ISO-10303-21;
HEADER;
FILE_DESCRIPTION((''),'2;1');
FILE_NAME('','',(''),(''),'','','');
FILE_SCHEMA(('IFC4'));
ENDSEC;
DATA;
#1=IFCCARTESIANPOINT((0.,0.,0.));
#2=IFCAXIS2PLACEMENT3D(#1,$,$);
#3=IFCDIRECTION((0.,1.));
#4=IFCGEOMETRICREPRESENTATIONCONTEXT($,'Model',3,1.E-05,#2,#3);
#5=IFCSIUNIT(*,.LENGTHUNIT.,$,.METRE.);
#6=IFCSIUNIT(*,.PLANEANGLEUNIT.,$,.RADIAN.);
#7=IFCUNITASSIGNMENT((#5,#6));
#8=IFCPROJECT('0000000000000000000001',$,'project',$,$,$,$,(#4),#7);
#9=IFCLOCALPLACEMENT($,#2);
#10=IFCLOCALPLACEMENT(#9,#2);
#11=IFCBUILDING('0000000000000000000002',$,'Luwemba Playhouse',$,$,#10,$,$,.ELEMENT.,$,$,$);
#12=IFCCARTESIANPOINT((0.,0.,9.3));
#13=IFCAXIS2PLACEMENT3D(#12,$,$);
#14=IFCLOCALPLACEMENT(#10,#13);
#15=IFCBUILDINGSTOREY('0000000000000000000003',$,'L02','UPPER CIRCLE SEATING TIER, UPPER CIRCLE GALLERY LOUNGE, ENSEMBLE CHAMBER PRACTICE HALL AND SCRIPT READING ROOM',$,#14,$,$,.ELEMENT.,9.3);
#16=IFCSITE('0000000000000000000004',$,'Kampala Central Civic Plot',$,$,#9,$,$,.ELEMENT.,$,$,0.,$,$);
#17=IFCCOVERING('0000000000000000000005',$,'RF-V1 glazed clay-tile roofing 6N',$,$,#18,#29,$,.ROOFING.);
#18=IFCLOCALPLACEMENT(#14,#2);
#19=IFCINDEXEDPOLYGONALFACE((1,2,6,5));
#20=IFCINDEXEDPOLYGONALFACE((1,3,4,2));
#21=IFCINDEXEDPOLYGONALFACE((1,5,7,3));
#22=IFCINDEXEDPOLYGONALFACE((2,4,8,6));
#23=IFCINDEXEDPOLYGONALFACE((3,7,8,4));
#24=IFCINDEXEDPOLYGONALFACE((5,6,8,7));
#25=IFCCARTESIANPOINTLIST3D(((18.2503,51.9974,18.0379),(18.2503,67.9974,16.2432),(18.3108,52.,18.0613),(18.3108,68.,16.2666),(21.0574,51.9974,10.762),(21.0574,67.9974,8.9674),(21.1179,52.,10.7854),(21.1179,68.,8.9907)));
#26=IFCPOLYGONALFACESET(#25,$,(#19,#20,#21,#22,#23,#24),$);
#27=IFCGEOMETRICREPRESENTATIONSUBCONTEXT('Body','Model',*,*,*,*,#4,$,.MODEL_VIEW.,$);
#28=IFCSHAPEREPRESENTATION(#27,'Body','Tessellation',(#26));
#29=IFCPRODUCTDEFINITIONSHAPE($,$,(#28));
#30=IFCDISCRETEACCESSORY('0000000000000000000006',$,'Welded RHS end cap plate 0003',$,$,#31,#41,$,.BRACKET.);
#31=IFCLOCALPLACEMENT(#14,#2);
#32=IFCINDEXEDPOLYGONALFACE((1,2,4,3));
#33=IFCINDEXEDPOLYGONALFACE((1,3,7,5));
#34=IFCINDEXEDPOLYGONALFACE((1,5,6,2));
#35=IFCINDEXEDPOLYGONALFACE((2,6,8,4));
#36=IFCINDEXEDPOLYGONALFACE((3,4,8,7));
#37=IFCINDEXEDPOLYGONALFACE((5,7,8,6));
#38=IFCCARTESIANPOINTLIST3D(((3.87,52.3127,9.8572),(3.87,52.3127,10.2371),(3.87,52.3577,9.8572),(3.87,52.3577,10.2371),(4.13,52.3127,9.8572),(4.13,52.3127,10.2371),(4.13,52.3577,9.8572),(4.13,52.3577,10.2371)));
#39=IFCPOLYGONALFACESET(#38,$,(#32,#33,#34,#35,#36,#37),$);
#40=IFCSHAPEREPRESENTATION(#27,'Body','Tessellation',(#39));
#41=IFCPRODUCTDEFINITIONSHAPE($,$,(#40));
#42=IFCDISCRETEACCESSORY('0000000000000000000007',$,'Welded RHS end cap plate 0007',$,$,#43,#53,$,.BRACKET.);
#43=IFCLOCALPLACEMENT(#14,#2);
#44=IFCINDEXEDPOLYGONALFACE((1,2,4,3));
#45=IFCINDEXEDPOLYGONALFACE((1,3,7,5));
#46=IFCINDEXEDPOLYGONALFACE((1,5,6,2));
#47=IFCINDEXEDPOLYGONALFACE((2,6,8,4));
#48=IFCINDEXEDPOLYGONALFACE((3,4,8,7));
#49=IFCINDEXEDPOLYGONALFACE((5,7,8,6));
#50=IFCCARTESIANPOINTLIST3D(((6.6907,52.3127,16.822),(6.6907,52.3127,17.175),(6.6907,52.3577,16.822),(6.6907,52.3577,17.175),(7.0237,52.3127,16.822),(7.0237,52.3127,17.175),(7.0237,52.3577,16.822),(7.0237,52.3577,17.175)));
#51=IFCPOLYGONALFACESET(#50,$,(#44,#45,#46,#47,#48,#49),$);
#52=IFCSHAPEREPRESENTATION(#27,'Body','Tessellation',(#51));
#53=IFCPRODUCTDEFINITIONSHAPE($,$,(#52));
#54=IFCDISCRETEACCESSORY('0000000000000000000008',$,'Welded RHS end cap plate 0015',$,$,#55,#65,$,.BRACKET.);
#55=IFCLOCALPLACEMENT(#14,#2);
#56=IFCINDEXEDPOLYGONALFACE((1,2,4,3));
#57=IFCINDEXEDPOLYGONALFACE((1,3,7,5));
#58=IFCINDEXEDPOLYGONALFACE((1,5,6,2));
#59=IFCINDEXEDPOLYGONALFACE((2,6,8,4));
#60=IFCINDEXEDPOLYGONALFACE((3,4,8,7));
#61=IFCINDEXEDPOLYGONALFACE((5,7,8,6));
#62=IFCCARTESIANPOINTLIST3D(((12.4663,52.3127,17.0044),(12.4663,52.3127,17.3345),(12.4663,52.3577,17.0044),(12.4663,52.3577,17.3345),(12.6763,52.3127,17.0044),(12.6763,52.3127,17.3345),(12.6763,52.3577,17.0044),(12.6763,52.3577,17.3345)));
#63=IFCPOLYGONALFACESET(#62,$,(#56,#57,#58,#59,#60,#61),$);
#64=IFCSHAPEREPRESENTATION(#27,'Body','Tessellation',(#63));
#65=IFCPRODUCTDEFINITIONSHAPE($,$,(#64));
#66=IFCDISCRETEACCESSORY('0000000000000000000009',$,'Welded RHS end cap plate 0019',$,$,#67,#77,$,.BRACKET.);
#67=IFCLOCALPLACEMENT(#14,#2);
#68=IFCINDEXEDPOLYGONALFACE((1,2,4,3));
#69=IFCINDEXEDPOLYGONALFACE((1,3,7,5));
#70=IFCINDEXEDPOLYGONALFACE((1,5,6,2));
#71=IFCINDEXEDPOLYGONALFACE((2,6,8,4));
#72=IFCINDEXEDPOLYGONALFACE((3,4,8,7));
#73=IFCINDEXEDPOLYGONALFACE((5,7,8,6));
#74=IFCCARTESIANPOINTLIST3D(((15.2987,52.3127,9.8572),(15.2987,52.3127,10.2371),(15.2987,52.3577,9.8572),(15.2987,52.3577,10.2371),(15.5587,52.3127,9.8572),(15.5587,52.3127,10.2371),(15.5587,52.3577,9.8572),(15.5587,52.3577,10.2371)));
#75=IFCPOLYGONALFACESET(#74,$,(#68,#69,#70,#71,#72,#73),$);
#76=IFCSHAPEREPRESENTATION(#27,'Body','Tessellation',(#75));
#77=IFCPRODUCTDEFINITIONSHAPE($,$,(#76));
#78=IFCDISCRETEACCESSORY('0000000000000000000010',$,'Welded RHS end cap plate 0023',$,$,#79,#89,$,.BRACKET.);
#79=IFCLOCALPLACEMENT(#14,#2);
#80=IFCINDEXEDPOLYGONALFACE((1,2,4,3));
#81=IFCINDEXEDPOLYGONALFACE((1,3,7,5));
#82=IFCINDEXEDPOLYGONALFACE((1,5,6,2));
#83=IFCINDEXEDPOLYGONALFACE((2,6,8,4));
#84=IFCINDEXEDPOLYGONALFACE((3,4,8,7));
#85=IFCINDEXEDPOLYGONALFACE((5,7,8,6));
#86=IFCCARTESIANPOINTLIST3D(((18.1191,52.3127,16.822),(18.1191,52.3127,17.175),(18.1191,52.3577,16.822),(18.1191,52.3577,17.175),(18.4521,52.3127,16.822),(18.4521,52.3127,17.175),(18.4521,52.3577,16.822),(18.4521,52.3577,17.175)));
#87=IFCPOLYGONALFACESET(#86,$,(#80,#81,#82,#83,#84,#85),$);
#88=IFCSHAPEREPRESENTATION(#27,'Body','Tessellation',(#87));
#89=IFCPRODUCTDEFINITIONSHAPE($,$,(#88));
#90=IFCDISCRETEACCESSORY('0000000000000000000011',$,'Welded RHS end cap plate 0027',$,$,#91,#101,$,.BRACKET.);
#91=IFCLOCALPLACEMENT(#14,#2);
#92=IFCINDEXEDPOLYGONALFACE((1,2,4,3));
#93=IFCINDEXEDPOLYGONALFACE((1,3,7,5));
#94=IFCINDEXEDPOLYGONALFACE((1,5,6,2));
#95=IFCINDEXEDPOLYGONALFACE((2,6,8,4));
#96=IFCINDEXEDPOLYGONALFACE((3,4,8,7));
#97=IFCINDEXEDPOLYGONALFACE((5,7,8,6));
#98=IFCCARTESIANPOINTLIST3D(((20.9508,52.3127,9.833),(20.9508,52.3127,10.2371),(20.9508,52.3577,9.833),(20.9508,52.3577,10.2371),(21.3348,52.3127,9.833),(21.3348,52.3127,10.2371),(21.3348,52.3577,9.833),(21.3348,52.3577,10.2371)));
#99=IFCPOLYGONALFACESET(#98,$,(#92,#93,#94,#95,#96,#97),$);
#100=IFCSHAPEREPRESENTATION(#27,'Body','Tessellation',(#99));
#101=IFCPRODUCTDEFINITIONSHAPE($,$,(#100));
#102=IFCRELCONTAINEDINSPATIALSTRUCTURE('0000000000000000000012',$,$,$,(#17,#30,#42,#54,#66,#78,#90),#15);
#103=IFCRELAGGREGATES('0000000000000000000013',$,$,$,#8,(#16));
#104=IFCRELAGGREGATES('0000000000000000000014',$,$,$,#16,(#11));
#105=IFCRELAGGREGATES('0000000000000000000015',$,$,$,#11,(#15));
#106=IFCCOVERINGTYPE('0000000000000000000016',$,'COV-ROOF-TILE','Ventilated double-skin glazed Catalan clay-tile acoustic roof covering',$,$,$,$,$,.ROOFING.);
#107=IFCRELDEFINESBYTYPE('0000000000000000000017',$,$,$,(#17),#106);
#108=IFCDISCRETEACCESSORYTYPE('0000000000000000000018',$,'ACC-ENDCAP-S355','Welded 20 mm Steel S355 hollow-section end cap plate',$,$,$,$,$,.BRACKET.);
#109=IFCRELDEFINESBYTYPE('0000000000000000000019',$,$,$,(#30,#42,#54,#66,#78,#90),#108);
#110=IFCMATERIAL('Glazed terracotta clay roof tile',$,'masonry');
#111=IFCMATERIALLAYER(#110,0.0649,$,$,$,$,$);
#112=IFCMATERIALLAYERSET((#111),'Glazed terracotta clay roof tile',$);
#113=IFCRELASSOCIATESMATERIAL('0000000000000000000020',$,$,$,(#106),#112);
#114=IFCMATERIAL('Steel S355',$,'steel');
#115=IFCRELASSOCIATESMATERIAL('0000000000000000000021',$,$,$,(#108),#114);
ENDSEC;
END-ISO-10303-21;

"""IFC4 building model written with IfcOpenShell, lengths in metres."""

from ifc_helpers import new_model, si_unit, direction, frame, origin, origin_2d, place, context, subcontext, project, spatial, polyline, rectangle, outline, extrude, material, layer, layer_set, type_object, element, save


model = new_model("IFC4")

# Units and contexts
model_context = context("Model", 3, precision=1e-05, world=origin(), true_north=direction((0.0, 1.0)))
body_context = subcontext(model_context, "Body", "Model", "MODEL_VIEW")
ifc_project = project(units=[si_unit("LENGTHUNIT", "METRE"), si_unit("PLANEANGLEUNIT", "RADIAN")], contexts=[model_context])

# Site, building, storey
site_placement = place(None, origin())
site = spatial("IfcSite", under=ifc_project, at=site_placement, Name="Kampala Central Civic Plot", CompositionType="ELEMENT", RefElevation=0.0)
building_placement = place(site_placement, origin())
building = spatial("IfcBuilding", under=site, at=building_placement, Name="Luwemba Playhouse", CompositionType="ELEMENT")
storey_placement = place(building_placement, frame((0.0, 0.0, 9.3)))
storey = spatial("IfcBuildingStorey", under=building, at=storey_placement, Name="L02", Description="UPPER CIRCLE SEATING TIER, UPPER CIRCLE GALLERY LOUNGE, ENSEMBLE CHAMBER PRACTICE HALL AND SCRIPT READING ROOM", CompositionType="ELEMENT", Elevation=9.3)

# Shared definitions
ifc_material_1 = material(Name="Steel S355", Category="steel")

# Covering
ifc_material_2 = material(Name="Glazed terracotta clay roof tile", Category="masonry")
ifc_layer_1 = layer(ifc_material_2, 0.0649)
ifc_layer_set_1 = layer_set([ifc_layer_1], Name="Glazed terracotta clay roof tile")
covering_type = type_object("IfcCoveringType", Name="COV-ROOF-TILE", Description="Ventilated double-skin glazed Catalan clay-tile acoustic roof covering", PredefinedType="ROOFING", material=ifc_layer_set_1)
covering_placement = place(storey_placement, frame((18.3108, 52.0, 18.0613), z_axis=(0.932211, 0.040342, 0.359659), x_axis=(0.359952, 0.0, -0.932971)))
element("IfcCovering", 1, at=covering_placement, inside=storey, type_object=covering_type, Name="RF-V1 glazed clay-tile roofing 6N", PredefinedType="ROOFING", context=body_context, shape_type="SweptSolid", body=[
    extrude(outline(polyline([(0.0, 0.0), (7.7986, 0.0), (9.473, 16.013), (1.6744, 16.013), (0.0, 0.0)])), origin(), (0.0, 0.0, -1.0), 0.0649),
])

# Discrete accessories
discrete_accessory_type = type_object("IfcDiscreteAccessoryType", Name="ACC-ENDCAP-S355", Description="Welded 20 mm Steel S355 hollow-section end cap plate", PredefinedType="BRACKET", material=ifc_material_1)
discrete_accessory_1_placement = place(storey_placement, frame((4.0, 52.3352, 9.8572), z_axis=(0.0, 0.0, 1.0), x_axis=(1.0, 0.0, 0.0)))
element("IfcDiscreteAccessory", 2, at=discrete_accessory_1_placement, inside=storey, type_object=discrete_accessory_type, Name="Welded RHS end cap plate 0003", PredefinedType="BRACKET", context=body_context, shape_type="SweptSolid", body=[
    extrude(rectangle(XDim=0.26, YDim=0.0449, at=origin_2d()), origin(), (0.0, 0.0, 1.0), 0.3799),
])
discrete_accessory_2_placement = place(storey_placement, frame((6.8572, 52.3352, 16.822), z_axis=(0.0, 0.0, 1.0), x_axis=(1.0, 0.0, 0.0)))
element("IfcDiscreteAccessory", 3, at=discrete_accessory_2_placement, inside=storey, type_object=discrete_accessory_type, Name="Welded RHS end cap plate 0007", PredefinedType="BRACKET", context=body_context, shape_type="SweptSolid", body=[
    extrude(rectangle(XDim=0.333, YDim=0.0449, at=origin_2d()), origin(), (0.0, 0.0, 1.0), 0.353),
])
discrete_accessory_3_placement = place(storey_placement, frame((12.5713, 52.3352, 17.0044), z_axis=(0.0, 0.0, 1.0), x_axis=(1.0, 0.0, 0.0)))
element("IfcDiscreteAccessory", 4, at=discrete_accessory_3_placement, inside=storey, type_object=discrete_accessory_type, Name="Welded RHS end cap plate 0015", PredefinedType="BRACKET", context=body_context, shape_type="SweptSolid", body=[
    extrude(rectangle(XDim=0.21, YDim=0.0449, at=origin_2d()), origin(), (0.0, 0.0, 1.0), 0.3301),
])
discrete_accessory_4_placement = place(storey_placement, frame((15.4287, 52.3352, 9.8572), z_axis=(0.0, 0.0, 1.0), x_axis=(1.0, 0.0, 0.0)))
element("IfcDiscreteAccessory", 5, at=discrete_accessory_4_placement, inside=storey, type_object=discrete_accessory_type, Name="Welded RHS end cap plate 0019", PredefinedType="BRACKET", context=body_context, shape_type="SweptSolid", body=[
    extrude(rectangle(XDim=0.26, YDim=0.0449, at=origin_2d()), origin(), (0.0, 0.0, 1.0), 0.3799),
])
discrete_accessory_5_placement = place(storey_placement, frame((18.2856, 52.3352, 16.822), z_axis=(0.0, 0.0, 1.0), x_axis=(1.0, 0.0, 0.0)))
element("IfcDiscreteAccessory", 6, at=discrete_accessory_5_placement, inside=storey, type_object=discrete_accessory_type, Name="Welded RHS end cap plate 0023", PredefinedType="BRACKET", context=body_context, shape_type="SweptSolid", body=[
    extrude(rectangle(XDim=0.333, YDim=0.0449, at=origin_2d()), origin(), (0.0, 0.0, 1.0), 0.353),
])
discrete_accessory_6_placement = place(storey_placement, frame((21.1428, 52.3352, 9.833), z_axis=(0.0, 0.0, 1.0), x_axis=(1.0, 0.0, 0.0)))
element("IfcDiscreteAccessory", 7, at=discrete_accessory_6_placement, inside=storey, type_object=discrete_accessory_type, Name="Welded RHS end cap plate 0027", PredefinedType="BRACKET", context=body_context, shape_type="SweptSolid", body=[
    extrude(rectangle(XDim=0.384, YDim=0.0449, at=origin_2d()), origin(), (0.0, 0.0, 1.0), 0.4041),
])

save(model, "model.ifc")
